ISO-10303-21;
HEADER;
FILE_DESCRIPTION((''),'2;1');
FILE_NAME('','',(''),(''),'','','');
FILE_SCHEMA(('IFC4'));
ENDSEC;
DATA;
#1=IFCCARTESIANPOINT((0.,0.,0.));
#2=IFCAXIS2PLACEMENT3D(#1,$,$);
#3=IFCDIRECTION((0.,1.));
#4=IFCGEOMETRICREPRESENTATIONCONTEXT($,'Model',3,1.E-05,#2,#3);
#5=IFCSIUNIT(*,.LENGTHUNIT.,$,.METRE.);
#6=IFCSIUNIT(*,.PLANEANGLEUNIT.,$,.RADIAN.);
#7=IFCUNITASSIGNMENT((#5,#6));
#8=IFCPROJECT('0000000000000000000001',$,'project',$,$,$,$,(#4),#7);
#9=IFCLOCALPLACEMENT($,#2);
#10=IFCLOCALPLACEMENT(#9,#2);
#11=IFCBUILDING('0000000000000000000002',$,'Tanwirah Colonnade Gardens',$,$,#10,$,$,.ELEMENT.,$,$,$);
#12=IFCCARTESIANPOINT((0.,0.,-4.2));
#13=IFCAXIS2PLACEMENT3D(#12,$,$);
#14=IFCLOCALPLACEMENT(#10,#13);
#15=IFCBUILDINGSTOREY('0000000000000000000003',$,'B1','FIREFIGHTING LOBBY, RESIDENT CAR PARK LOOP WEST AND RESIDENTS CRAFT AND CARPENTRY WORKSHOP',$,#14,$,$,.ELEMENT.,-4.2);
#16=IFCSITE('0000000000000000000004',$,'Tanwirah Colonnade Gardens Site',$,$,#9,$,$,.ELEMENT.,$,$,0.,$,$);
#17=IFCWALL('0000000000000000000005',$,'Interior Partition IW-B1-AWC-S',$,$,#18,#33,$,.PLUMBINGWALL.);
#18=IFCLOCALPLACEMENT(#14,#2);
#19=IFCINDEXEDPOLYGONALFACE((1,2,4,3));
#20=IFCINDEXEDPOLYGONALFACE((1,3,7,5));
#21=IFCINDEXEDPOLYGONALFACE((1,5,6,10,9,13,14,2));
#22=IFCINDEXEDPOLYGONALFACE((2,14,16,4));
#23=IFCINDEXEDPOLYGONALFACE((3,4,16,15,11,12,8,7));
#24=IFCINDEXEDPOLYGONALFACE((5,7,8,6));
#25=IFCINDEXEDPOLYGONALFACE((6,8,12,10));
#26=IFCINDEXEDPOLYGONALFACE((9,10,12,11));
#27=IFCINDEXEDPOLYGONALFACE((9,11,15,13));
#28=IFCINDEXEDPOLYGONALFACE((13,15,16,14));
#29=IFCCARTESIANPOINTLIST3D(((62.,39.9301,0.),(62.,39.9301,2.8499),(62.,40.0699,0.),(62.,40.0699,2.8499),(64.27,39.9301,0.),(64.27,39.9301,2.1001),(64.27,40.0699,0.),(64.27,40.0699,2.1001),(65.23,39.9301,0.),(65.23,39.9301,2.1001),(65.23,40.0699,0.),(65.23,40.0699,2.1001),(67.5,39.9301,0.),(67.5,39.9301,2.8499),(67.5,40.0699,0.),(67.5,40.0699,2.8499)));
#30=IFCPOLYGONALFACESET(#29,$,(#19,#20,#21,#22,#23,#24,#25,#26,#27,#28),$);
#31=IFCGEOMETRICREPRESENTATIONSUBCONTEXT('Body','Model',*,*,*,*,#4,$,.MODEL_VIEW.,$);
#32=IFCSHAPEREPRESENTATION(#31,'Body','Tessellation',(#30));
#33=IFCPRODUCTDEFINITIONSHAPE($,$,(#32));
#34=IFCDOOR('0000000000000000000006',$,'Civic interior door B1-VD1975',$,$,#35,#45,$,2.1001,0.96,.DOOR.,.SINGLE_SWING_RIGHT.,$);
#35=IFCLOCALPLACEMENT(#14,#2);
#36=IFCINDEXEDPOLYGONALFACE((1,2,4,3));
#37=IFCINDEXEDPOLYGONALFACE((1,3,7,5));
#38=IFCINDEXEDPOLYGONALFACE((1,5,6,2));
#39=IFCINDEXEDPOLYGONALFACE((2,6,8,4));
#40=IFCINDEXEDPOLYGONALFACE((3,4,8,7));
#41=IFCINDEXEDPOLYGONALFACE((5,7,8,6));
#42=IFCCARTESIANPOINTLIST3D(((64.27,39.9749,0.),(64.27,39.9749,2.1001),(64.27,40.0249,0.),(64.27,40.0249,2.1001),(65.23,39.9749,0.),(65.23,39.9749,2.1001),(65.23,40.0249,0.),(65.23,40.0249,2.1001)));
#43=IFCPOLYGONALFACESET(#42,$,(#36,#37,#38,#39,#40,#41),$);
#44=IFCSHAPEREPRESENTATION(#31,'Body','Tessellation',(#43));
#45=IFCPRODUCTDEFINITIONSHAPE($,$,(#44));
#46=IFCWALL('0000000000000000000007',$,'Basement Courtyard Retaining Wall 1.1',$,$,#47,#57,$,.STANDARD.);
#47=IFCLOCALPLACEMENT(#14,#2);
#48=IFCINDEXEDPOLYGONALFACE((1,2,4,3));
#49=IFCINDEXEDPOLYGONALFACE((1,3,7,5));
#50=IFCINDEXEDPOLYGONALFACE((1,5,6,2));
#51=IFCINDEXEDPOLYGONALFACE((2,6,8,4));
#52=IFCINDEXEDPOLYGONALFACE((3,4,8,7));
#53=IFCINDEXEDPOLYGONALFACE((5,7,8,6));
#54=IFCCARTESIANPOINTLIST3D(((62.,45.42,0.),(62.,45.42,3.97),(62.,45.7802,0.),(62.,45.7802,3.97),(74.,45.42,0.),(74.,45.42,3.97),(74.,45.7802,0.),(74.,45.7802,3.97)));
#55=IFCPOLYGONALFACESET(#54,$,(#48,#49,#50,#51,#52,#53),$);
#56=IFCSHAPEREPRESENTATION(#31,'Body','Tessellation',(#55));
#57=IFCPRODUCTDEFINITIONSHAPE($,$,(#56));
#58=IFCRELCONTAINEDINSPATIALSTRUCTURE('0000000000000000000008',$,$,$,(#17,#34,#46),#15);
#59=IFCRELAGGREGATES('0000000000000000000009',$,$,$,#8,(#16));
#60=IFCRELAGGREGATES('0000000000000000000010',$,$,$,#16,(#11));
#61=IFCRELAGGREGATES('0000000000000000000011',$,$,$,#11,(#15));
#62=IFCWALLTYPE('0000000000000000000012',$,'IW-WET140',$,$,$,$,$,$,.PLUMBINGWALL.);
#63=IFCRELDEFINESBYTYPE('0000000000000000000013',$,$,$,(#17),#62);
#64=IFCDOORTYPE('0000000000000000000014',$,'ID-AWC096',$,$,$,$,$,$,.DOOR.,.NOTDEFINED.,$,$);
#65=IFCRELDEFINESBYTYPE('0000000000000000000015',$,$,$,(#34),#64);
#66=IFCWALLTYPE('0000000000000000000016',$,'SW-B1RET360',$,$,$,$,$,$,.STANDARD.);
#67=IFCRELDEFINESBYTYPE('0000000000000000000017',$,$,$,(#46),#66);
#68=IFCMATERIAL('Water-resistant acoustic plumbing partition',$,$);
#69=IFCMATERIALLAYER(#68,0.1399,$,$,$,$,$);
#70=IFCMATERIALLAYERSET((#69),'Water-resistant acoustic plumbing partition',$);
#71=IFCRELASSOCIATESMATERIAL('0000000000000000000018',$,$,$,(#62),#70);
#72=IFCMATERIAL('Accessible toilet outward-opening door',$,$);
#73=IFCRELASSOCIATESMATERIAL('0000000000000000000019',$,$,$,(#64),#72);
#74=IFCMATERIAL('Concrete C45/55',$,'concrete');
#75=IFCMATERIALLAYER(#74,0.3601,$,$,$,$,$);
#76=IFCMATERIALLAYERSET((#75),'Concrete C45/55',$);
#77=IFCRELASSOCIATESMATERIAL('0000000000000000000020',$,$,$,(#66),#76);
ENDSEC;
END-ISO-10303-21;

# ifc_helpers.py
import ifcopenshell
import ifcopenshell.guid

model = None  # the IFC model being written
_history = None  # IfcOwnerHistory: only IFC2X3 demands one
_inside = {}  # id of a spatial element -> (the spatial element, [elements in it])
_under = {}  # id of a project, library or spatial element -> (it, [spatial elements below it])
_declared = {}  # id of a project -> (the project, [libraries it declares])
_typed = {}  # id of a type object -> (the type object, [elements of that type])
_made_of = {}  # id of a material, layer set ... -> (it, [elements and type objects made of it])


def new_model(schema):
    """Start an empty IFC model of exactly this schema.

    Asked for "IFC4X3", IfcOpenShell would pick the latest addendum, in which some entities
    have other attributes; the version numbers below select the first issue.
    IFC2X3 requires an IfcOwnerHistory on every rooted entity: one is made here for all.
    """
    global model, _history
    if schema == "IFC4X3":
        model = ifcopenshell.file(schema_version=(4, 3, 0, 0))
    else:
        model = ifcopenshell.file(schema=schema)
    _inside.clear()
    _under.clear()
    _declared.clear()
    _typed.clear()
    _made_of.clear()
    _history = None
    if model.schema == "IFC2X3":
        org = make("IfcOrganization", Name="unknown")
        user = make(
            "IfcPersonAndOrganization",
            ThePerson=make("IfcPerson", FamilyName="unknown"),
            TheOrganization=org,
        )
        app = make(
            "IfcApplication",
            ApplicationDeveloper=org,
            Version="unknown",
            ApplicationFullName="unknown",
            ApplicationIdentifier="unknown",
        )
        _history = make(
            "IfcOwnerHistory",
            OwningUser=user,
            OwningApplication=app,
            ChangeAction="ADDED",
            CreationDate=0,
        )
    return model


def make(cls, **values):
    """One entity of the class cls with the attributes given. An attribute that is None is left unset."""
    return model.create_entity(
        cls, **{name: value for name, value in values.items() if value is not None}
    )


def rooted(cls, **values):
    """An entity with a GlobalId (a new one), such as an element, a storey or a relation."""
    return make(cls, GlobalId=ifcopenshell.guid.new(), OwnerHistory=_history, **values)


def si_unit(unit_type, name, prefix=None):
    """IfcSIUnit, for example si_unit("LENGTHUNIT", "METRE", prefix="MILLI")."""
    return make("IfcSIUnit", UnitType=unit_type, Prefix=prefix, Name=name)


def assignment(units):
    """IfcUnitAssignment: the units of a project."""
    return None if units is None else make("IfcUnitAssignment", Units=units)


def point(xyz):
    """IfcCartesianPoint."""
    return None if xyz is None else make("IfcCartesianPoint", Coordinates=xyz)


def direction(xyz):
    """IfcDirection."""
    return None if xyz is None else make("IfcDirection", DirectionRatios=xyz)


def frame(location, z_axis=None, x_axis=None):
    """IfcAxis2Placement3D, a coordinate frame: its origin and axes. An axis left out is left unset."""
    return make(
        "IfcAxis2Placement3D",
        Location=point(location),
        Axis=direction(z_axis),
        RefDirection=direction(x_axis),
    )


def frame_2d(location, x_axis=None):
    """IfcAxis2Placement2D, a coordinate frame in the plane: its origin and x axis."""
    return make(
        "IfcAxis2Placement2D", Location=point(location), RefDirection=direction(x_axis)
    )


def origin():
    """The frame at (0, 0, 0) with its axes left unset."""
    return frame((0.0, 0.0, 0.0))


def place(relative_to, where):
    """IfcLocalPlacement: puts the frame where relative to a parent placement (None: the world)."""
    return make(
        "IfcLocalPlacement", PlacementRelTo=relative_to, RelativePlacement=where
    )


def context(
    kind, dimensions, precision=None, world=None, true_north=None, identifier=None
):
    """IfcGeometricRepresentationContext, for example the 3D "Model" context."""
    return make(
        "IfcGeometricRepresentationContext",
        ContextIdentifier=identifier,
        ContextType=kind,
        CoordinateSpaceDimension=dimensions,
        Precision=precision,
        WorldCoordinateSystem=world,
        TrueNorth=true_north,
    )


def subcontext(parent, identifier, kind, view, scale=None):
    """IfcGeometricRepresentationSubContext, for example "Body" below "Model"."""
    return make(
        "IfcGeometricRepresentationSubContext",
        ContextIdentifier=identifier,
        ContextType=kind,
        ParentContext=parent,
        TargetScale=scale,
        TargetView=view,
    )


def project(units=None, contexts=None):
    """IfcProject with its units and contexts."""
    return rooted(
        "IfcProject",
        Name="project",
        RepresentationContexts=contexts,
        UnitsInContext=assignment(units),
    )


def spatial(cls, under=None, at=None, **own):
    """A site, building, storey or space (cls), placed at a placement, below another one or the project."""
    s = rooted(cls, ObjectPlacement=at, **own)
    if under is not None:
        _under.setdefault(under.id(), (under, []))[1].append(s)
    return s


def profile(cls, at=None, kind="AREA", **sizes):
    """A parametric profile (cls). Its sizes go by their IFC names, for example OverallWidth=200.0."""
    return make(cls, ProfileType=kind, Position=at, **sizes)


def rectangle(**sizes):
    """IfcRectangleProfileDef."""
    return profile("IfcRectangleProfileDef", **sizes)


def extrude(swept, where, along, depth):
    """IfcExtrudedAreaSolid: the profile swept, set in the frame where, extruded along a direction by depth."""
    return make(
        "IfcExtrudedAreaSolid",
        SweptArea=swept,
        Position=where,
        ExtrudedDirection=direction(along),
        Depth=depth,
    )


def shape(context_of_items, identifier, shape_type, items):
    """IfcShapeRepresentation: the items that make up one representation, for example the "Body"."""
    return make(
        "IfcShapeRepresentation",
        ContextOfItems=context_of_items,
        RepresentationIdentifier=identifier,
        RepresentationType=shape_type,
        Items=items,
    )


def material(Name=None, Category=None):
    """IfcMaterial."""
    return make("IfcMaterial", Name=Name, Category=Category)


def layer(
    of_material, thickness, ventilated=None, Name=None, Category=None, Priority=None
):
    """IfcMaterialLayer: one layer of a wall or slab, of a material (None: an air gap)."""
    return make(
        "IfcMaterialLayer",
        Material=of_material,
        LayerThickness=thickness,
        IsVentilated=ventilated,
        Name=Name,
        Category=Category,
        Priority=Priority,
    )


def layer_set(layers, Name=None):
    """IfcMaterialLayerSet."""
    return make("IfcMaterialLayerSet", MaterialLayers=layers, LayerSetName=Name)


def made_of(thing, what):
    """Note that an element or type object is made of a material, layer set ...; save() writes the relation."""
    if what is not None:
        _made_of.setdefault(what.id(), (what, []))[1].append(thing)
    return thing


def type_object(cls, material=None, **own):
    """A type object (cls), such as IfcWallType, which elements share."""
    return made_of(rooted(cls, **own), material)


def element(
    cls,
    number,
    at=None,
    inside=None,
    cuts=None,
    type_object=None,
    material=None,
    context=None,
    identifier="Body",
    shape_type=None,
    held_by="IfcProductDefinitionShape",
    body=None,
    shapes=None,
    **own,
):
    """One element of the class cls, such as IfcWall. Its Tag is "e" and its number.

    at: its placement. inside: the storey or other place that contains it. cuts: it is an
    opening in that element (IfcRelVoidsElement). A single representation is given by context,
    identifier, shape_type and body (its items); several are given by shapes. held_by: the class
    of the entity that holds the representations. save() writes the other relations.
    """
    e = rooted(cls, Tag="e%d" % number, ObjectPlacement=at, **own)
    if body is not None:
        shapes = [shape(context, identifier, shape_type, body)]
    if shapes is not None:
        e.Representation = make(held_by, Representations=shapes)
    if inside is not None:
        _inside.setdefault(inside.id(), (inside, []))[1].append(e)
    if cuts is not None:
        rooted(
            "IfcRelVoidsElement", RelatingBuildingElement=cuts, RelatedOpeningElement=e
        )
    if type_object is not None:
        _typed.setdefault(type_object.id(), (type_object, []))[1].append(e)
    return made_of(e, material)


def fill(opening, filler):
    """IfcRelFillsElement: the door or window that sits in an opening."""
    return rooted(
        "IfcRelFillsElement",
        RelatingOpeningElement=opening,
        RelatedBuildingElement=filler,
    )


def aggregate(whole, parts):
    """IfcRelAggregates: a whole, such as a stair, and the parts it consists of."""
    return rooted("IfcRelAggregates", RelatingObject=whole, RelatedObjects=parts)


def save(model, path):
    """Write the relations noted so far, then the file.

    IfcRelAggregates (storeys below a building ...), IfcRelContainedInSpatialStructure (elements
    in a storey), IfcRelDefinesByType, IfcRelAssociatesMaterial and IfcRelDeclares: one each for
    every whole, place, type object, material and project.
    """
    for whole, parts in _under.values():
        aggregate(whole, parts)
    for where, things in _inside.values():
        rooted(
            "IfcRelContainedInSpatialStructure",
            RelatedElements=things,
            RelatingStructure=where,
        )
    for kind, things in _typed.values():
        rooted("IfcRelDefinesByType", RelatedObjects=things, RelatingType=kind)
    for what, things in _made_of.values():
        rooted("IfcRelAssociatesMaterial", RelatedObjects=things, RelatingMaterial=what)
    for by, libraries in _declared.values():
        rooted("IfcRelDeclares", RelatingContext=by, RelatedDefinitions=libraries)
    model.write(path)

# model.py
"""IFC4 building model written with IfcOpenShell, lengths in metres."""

from ifc_helpers import new_model, si_unit, direction, frame, frame_2d, origin, place, context, subcontext, project, spatial, rectangle, extrude, material, layer, layer_set, type_object, element, fill, save


model = new_model("IFC4")

# Units and contexts
model_context = context("Model", 3, precision=1e-05, world=origin(), true_north=direction((0.0, 1.0)))
body_context = subcontext(model_context, "Body", "Model", "MODEL_VIEW")
ifc_project = project(units=[si_unit("LENGTHUNIT", "METRE"), si_unit("PLANEANGLEUNIT", "RADIAN")], contexts=[model_context])

# Site, building, storey
site_placement = place(None, origin())
site = spatial("IfcSite", under=ifc_project, at=site_placement, Name="Tanwirah Colonnade Gardens Site", CompositionType="ELEMENT", RefElevation=0.0)
building_placement = place(site_placement, origin())
building = spatial("IfcBuilding", under=site, at=building_placement, Name="Tanwirah Colonnade Gardens", CompositionType="ELEMENT")
storey_placement = place(building_placement, frame((0.0, 0.0, -4.2)))
storey = spatial("IfcBuildingStorey", under=building, at=storey_placement, Name="B1", Description="FIREFIGHTING LOBBY, RESIDENT CAR PARK LOOP WEST AND RESIDENTS CRAFT AND CARPENTRY WORKSHOP", CompositionType="ELEMENT", Elevation=-4.2)

# Shared definitions
ifc_material_1 = material(Name="Concrete C45/55", Category="concrete")

# Shared definitions
ifc_material_2 = material(Name="Water-resistant acoustic plumbing partition")
ifc_layer_1 = layer(ifc_material_2, 0.1399)
ifc_layer_set_1 = layer_set([ifc_layer_1], Name="Water-resistant acoustic plumbing partition")
wall_type_1 = type_object("IfcWallType", Name="IW-WET140", PredefinedType="PLUMBINGWALL", material=ifc_layer_set_1)

# Wall, opening, door
wall_1_placement = place(storey_placement, frame((62.0, 40.0, 0.0), z_axis=(0.0, 0.0, 1.0), x_axis=(1.0, 0.0, 0.0)))
wall_1 = element("IfcWall", 1, at=wall_1_placement, inside=storey, type_object=wall_type_1, Name="Interior Partition IW-B1-AWC-S", PredefinedType="PLUMBINGWALL", context=body_context, shape_type="SweptSolid", body=[
    extrude(rectangle(XDim=5.5, YDim=0.1399, at=frame_2d((2.75, 0.0))), origin(), (0.0, 0.0, 1.0), 2.8499),
])
opening_placement = place(wall_1_placement, frame((2.27, 0.0, 0.0)))
opening = element("IfcOpeningElement", 2, at=opening_placement, cuts=wall_1, PredefinedType="OPENING", context=body_context, shape_type="SweptSolid", body=[
    extrude(rectangle(XDim=0.96, YDim=2.1001, at=frame_2d((0.48, 1.05))), frame((0.0, 0.0798, 0.0), z_axis=(0.0, -1.0, 0.0), x_axis=(1.0, 0.0, 0.0)), (0.0, 0.0, 1.0), 0.1599),
])
ifc_material_3 = material(Name="Accessible toilet outward-opening door")
door_type = type_object("IfcDoorType", Name="ID-AWC096", OperationType="NOTDEFINED", PredefinedType="DOOR", material=ifc_material_3)
door_placement = place(opening_placement, origin())
door = element("IfcDoor", 3, at=door_placement, inside=storey, type_object=door_type, Name="Civic interior door B1-VD1975", OperationType="SINGLE_SWING_RIGHT", OverallHeight=2.1001, OverallWidth=0.96, PredefinedType="DOOR", context=body_context, shape_type="SweptSolid", body=[
    extrude(rectangle(XDim=0.96, YDim=2.1001, at=frame_2d((0.48, 1.05))), frame((0.0, 0.0249, 0.0), z_axis=(0.0, -1.0, 0.0), x_axis=(1.0, 0.0, 0.0)), (0.0, 0.0, 1.0), 0.05),
])
fill(opening, door)

# Wall
ifc_layer_2 = layer(ifc_material_1, 0.3601)
ifc_layer_set_2 = layer_set([ifc_layer_2], Name="Concrete C45/55")
wall_type_2 = type_object("IfcWallType", Name="SW-B1RET360", PredefinedType="STANDARD", material=ifc_layer_set_2)
wall_2_placement = place(storey_placement, frame((62.0, 45.6001, 0.0), z_axis=(0.0, 0.0, 1.0), x_axis=(1.0, 0.0, 0.0)))
element("IfcWall", 4, at=wall_2_placement, inside=storey, type_object=wall_type_2, Name="Basement Courtyard Retaining Wall 1.1", PredefinedType="STANDARD", context=body_context, shape_type="SweptSolid", body=[
    extrude(rectangle(XDim=12.0, YDim=0.3601, at=frame_2d((6.0, 0.0))), origin(), (0.0, 0.0, 1.0), 3.97),
])

save(model, "model.ifc")
